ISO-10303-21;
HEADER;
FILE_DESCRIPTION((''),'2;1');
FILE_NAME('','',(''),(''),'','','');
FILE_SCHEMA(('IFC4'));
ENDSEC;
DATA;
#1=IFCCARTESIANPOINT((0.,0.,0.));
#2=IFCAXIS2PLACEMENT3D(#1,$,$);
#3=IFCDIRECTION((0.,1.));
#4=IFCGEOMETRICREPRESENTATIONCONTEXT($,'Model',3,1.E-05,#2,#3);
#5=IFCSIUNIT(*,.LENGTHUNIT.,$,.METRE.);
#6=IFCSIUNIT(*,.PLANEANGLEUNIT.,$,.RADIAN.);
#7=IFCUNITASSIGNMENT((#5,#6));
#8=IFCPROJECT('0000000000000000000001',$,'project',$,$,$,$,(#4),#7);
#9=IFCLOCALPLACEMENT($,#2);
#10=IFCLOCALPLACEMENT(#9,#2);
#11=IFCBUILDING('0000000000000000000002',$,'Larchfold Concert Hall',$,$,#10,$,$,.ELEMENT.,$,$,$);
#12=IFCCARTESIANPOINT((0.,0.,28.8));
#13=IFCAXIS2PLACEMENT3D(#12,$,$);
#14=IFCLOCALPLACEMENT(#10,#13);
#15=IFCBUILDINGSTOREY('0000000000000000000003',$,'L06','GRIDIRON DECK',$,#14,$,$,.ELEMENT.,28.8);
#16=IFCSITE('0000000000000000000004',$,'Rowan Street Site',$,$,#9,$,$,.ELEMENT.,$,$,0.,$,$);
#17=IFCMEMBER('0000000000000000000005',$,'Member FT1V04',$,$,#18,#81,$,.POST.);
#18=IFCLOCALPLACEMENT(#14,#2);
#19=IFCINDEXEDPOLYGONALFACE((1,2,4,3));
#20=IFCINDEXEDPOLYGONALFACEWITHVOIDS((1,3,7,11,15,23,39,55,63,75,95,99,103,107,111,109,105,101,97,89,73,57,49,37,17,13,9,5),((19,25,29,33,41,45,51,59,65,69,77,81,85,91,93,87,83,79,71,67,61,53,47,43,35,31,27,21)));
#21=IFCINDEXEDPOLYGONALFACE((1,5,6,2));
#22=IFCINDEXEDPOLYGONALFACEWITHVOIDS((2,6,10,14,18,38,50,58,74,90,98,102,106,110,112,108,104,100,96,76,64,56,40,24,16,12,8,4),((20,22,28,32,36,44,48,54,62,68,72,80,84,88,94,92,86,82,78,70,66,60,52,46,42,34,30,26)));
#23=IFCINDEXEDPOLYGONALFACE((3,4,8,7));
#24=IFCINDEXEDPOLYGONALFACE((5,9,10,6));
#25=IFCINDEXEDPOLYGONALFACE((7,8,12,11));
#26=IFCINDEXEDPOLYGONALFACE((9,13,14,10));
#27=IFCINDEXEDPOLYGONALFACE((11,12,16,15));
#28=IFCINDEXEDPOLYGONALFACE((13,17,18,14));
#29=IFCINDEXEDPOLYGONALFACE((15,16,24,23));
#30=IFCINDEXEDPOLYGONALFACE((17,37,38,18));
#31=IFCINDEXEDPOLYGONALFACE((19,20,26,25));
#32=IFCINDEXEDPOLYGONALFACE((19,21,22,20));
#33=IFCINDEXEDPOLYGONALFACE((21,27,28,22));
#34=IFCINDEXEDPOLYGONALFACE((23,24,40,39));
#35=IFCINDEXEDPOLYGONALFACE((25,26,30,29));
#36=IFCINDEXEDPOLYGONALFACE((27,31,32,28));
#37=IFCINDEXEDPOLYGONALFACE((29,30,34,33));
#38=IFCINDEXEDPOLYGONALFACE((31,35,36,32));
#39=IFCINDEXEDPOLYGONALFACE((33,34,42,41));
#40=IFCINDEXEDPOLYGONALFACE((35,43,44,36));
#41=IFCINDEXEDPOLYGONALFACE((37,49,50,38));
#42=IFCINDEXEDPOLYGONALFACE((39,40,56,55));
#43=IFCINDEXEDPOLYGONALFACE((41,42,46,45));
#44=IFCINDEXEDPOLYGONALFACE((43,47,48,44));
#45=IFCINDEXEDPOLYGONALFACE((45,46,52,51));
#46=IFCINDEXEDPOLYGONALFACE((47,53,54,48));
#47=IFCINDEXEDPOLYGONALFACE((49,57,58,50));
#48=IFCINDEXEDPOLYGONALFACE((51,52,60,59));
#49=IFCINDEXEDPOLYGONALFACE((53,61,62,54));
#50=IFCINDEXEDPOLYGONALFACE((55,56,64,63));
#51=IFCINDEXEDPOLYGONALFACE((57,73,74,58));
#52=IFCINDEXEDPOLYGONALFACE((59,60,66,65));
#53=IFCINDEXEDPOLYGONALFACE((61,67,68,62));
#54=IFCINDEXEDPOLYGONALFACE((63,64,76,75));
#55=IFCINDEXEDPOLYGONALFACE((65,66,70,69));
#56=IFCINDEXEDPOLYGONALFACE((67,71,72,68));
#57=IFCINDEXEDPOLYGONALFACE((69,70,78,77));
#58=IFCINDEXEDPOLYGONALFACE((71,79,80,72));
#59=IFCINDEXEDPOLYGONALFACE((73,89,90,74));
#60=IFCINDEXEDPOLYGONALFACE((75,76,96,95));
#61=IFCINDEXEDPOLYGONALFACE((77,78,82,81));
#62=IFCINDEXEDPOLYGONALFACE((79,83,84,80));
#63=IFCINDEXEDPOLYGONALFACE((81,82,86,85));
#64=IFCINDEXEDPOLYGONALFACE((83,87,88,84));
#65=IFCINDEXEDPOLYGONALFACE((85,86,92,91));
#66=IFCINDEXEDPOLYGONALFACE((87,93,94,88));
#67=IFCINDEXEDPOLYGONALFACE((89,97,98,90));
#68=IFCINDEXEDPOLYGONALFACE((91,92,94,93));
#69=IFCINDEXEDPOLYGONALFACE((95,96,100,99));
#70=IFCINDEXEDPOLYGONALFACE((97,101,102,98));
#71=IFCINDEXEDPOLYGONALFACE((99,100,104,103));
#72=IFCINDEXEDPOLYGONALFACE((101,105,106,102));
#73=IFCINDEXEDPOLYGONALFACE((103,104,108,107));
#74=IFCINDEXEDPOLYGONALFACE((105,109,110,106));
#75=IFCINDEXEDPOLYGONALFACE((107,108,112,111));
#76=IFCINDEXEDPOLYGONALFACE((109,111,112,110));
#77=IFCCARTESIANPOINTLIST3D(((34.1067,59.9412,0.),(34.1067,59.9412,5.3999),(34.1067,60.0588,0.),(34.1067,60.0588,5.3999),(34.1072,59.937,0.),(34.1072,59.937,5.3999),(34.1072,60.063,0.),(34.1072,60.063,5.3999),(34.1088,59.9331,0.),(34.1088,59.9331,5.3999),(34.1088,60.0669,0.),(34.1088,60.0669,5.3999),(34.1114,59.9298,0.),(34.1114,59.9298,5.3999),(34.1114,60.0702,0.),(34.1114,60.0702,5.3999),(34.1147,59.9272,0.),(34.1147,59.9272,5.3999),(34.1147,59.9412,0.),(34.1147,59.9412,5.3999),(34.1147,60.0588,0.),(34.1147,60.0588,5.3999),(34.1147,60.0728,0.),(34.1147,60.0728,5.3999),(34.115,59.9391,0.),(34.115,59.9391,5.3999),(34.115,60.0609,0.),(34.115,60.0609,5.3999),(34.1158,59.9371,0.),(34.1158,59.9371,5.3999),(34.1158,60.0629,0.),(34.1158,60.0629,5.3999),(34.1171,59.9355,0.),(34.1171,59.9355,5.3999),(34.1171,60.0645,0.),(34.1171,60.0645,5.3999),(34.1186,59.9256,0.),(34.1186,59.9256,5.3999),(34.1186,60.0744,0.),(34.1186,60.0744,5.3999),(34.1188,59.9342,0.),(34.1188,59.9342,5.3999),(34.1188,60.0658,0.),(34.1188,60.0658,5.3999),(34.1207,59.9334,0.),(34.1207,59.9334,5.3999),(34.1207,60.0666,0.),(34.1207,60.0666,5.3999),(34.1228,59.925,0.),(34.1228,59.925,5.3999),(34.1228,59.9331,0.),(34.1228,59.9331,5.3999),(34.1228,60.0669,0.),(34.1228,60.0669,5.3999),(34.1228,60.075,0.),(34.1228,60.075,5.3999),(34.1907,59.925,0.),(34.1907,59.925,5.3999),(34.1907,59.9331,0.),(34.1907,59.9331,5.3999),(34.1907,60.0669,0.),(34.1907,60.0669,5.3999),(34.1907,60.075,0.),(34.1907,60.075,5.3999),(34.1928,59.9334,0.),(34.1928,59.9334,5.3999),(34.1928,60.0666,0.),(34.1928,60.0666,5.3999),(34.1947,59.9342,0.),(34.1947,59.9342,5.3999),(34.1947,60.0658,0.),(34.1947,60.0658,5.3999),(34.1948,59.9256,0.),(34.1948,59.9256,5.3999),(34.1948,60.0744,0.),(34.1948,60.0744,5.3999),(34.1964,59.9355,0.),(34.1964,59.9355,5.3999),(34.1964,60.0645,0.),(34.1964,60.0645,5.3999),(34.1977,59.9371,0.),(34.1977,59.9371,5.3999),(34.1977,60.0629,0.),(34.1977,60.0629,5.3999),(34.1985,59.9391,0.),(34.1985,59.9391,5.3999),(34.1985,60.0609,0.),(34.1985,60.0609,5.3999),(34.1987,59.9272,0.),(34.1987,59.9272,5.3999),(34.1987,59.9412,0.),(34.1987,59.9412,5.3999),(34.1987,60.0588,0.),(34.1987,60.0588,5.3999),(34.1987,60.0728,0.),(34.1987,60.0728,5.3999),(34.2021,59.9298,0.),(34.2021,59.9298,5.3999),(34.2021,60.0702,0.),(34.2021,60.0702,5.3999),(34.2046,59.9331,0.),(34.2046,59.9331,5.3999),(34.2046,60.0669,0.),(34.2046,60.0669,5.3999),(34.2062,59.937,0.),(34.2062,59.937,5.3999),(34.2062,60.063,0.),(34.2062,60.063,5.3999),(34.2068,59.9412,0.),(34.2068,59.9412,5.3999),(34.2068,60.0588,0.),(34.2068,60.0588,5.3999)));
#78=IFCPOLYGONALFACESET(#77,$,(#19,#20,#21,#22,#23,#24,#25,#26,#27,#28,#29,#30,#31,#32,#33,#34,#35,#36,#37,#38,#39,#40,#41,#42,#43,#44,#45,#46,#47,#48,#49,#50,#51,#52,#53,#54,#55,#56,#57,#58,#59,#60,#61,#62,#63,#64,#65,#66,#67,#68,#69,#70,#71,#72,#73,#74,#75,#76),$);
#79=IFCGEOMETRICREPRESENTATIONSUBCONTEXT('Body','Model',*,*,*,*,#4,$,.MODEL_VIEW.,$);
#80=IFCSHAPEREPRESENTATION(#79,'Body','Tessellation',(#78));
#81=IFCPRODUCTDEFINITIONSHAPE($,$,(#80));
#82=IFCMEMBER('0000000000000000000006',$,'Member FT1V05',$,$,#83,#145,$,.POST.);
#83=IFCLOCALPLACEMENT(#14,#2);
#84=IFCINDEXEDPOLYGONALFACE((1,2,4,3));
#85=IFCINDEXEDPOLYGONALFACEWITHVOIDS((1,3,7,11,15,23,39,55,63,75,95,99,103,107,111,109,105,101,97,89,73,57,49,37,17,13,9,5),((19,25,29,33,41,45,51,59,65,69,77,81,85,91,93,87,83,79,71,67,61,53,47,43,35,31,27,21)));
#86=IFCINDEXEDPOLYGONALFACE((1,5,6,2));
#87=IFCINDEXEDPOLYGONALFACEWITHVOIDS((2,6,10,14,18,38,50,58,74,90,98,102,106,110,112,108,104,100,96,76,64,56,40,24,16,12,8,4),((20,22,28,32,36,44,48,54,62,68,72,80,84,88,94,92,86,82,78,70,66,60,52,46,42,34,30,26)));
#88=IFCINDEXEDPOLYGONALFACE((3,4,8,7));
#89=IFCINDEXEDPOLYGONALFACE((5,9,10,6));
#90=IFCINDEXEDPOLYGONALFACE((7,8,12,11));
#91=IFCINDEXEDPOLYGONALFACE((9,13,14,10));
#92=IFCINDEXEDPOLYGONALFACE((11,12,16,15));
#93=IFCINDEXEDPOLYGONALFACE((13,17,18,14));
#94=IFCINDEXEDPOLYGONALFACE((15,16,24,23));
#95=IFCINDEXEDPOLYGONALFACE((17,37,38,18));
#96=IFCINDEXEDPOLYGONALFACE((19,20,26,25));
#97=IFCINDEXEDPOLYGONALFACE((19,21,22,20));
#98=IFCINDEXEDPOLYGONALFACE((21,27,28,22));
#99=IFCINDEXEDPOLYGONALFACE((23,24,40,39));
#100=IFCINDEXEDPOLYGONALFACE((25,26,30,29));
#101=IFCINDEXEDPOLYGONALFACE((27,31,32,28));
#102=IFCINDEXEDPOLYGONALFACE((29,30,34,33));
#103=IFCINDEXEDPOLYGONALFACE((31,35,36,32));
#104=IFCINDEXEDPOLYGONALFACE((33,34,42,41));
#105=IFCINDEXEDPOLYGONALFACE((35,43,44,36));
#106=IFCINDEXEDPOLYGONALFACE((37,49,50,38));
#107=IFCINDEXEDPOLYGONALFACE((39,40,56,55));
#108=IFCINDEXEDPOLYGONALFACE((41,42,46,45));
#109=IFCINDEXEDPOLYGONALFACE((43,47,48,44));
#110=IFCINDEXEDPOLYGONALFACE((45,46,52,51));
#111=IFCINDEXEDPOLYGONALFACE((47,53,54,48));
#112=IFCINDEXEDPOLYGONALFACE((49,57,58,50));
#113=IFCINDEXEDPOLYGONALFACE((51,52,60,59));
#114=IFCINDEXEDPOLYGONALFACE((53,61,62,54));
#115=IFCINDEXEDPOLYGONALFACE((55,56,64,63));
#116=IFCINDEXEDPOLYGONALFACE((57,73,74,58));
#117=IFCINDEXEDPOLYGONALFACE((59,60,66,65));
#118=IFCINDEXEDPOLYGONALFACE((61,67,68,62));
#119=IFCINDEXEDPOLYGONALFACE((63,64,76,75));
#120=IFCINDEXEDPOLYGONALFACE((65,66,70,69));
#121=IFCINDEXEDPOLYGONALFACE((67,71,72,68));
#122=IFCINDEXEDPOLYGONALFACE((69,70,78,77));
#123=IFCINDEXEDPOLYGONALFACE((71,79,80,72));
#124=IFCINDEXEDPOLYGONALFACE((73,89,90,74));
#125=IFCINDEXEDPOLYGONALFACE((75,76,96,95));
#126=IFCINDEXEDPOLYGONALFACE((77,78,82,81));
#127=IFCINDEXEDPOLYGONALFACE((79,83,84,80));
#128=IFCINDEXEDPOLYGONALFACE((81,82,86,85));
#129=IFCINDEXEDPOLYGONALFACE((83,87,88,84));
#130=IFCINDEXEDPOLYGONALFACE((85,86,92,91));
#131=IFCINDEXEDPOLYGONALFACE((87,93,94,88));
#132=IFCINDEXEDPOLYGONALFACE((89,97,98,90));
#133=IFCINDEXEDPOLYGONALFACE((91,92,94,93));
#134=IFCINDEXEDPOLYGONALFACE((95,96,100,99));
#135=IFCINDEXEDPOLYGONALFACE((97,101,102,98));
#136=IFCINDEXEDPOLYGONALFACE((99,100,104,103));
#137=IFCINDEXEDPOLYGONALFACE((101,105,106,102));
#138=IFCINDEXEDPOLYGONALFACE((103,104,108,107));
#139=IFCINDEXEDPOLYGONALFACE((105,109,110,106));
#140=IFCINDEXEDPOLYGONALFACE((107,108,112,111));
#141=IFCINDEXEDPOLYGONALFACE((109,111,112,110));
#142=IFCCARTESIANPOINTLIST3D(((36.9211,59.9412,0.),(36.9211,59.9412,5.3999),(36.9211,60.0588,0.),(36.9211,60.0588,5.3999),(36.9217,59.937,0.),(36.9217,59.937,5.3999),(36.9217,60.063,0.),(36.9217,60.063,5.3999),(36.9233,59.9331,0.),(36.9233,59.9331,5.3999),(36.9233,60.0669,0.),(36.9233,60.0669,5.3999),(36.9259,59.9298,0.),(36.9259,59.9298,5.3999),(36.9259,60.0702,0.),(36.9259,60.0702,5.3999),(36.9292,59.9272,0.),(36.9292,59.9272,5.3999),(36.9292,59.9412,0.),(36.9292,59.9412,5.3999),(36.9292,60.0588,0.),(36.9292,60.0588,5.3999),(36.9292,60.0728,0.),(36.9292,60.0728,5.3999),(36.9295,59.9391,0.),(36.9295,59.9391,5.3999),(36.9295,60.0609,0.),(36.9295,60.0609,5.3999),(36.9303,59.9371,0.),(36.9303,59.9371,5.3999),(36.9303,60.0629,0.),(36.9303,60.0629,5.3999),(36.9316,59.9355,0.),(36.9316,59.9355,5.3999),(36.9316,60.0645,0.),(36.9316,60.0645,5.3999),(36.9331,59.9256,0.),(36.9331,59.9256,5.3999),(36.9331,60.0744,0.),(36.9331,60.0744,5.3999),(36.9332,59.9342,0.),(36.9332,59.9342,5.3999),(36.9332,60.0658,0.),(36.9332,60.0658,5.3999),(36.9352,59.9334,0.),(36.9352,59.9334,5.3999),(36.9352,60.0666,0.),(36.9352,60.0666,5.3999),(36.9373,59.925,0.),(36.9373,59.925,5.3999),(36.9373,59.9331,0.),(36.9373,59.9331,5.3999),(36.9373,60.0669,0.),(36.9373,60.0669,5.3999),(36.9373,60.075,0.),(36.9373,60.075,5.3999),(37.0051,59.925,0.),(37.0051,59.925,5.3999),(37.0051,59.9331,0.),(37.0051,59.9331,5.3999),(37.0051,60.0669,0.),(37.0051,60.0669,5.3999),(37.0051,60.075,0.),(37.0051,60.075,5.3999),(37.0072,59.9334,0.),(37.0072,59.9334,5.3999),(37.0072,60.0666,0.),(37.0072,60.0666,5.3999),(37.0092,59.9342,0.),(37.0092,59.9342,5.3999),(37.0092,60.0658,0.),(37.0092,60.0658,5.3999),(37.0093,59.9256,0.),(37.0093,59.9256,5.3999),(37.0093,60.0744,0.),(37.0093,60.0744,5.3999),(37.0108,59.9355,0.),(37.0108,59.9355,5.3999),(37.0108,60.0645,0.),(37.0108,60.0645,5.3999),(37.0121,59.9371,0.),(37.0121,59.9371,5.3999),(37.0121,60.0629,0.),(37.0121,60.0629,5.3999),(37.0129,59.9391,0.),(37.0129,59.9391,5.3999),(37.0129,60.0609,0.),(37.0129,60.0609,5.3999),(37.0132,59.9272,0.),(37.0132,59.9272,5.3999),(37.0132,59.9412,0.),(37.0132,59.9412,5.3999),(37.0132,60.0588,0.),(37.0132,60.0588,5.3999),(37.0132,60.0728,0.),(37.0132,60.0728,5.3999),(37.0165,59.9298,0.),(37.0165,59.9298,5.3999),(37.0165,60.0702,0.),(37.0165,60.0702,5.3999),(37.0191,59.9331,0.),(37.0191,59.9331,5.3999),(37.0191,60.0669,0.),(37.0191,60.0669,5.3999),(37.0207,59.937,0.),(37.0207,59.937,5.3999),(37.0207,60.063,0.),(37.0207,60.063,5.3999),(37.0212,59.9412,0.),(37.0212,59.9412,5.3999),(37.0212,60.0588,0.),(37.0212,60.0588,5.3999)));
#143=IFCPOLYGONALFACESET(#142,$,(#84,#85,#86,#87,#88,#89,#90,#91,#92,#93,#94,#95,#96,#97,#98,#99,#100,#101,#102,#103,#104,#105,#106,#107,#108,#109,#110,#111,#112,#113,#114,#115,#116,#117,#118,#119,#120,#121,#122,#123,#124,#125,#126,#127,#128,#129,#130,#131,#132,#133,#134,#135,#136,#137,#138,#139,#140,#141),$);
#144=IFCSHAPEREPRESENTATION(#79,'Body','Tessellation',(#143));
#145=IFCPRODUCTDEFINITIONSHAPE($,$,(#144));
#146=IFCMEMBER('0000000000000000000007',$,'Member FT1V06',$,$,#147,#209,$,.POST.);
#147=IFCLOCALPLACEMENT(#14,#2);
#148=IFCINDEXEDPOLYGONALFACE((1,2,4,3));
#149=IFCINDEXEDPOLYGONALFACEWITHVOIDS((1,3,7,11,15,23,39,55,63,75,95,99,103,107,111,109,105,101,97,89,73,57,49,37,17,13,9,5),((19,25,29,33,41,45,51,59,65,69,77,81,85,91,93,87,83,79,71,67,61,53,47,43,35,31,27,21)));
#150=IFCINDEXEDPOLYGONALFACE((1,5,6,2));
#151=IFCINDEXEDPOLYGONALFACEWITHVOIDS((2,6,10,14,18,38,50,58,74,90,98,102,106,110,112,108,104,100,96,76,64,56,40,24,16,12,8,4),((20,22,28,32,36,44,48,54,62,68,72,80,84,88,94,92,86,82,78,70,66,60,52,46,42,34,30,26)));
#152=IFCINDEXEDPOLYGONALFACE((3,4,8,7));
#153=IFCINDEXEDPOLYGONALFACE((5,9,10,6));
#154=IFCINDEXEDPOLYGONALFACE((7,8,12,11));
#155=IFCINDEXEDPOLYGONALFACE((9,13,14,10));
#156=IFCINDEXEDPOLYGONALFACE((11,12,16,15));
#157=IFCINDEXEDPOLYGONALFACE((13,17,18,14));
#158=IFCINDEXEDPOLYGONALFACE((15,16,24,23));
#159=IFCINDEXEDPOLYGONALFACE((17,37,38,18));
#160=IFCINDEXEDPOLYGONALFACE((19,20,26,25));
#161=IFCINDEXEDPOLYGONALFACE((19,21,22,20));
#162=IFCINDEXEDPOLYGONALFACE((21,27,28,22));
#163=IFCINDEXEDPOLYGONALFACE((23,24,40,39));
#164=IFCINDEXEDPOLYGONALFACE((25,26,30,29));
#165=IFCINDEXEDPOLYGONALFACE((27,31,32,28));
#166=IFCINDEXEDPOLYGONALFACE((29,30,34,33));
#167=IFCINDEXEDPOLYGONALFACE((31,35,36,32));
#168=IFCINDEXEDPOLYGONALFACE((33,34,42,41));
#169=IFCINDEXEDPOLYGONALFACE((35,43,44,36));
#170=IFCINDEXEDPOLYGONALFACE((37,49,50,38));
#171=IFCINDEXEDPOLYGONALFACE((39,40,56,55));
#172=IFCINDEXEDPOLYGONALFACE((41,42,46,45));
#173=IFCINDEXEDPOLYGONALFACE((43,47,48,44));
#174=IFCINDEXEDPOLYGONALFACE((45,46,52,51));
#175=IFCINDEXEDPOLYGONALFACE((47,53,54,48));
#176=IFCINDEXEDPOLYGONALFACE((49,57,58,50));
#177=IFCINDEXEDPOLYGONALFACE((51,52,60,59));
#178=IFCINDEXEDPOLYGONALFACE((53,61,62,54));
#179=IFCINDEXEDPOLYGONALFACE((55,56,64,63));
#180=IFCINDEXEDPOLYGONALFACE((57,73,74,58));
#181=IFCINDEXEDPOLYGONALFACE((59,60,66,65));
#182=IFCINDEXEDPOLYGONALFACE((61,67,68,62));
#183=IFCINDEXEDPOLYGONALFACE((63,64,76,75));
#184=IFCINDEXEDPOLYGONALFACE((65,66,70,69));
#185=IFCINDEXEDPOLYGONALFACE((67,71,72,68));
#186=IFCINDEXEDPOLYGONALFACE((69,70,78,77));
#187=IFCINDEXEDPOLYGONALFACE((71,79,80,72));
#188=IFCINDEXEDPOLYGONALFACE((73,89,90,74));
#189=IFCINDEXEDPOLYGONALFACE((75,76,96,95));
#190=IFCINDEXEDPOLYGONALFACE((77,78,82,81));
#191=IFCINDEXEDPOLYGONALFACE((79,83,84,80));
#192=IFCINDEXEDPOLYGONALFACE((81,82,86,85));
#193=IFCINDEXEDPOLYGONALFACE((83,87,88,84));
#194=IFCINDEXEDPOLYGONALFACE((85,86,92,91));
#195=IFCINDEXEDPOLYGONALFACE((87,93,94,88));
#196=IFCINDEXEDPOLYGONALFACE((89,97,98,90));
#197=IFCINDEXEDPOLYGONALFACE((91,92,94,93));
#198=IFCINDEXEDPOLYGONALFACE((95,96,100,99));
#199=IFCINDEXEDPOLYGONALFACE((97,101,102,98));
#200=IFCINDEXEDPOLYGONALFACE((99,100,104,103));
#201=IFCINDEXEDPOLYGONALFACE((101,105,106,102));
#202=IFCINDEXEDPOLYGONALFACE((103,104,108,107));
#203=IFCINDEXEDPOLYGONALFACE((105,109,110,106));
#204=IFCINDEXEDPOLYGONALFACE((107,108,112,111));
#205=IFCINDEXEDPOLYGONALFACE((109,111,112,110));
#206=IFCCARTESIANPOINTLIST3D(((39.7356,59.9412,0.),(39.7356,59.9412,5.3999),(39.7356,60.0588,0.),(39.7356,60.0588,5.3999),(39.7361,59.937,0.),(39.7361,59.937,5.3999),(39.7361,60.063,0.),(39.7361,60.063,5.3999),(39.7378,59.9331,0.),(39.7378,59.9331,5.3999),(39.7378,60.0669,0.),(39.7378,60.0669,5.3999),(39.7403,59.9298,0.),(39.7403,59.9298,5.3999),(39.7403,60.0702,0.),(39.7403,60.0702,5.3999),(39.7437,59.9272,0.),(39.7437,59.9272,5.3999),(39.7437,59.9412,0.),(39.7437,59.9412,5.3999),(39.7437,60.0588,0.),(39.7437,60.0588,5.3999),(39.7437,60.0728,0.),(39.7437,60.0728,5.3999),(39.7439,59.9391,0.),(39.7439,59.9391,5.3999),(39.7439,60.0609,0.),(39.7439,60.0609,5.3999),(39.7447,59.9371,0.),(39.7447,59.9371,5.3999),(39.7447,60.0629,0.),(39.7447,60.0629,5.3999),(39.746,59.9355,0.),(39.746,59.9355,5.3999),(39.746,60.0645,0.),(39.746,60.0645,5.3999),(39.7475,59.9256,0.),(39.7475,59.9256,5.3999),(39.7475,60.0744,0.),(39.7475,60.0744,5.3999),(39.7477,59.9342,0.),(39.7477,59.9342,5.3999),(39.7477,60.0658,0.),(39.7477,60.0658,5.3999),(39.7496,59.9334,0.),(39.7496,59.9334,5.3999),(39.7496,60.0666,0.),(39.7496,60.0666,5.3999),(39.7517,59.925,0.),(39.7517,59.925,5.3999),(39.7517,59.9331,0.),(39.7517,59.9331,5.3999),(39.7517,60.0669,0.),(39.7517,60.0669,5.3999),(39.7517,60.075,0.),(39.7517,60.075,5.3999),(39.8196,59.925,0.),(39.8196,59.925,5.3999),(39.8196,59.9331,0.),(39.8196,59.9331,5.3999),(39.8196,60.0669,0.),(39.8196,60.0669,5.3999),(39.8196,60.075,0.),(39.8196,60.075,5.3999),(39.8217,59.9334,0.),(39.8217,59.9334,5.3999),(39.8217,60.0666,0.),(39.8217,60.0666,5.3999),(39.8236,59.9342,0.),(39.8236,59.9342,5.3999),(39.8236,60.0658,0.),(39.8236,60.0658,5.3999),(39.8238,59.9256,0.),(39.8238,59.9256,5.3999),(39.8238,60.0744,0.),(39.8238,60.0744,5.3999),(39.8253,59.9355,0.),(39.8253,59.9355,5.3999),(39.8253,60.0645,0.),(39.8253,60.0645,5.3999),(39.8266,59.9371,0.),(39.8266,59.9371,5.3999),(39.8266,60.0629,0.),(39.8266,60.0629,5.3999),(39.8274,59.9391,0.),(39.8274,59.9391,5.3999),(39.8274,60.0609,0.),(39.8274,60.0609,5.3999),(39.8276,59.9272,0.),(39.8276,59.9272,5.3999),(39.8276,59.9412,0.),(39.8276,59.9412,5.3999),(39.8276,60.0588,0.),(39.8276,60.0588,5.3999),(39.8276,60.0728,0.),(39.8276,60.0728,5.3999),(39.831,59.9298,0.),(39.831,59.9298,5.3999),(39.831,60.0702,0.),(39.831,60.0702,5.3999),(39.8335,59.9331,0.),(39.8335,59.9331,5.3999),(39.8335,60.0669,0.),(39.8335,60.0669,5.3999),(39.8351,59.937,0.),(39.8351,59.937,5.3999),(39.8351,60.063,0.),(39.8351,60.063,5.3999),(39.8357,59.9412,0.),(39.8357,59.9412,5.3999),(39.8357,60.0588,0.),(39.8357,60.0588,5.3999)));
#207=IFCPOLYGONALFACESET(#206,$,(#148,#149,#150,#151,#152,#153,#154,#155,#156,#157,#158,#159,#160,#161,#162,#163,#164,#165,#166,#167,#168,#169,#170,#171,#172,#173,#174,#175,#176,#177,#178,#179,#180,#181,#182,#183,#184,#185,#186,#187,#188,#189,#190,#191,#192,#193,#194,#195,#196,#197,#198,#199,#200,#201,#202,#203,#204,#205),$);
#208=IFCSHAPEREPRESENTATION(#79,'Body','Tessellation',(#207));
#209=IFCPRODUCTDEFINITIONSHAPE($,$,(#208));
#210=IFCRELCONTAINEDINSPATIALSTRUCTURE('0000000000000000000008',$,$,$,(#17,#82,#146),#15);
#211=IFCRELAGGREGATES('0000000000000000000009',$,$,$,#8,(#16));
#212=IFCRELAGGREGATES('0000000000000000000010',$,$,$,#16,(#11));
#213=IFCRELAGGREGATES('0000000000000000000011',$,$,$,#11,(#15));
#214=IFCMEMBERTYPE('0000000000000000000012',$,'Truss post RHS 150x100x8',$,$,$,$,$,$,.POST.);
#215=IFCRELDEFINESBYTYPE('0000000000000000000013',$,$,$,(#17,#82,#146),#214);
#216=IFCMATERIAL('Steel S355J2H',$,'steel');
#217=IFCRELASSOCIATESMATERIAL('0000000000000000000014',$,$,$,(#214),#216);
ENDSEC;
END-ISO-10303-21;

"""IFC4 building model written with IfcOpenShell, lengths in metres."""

from ifc_helpers import new_model, si_unit, direction, frame, origin, origin_2d, place, context, subcontext, project, spatial, hollow_rectangle, extrude, material, material_profile, profile_set, type_object, element, save


model = new_model("IFC4")

# Units and contexts
model_context = context("Model", 3, precision=1e-05, world=origin(), true_north=direction((0.0, 1.0)))
body_context = subcontext(model_context, "Body", "Model", "MODEL_VIEW")
ifc_project = project(units=[si_unit("LENGTHUNIT", "METRE"), si_unit("PLANEANGLEUNIT", "RADIAN")], contexts=[model_context])

# Site, building, storey
site_placement = place(None, origin())
site = spatial("IfcSite", under=ifc_project, at=site_placement, Name="Rowan Street Site", CompositionType="ELEMENT", RefElevation=0.0)
building_placement = place(site_placement, origin())
building = spatial("IfcBuilding", under=site, at=building_placement, Name="Larchfold Concert Hall", CompositionType="ELEMENT")
storey_placement = place(building_placement, frame((0.0, 0.0, 28.8)))
storey = spatial("IfcBuildingStorey", under=building, at=storey_placement, Name="L06", Description="GRIDIRON DECK", CompositionType="ELEMENT", Elevation=28.8)

# Members
ifc_material_1 = material(Name="Steel S355J2H", Category="steel")
ifc_material_profile_1 = material_profile(ifc_material_1, hollow_rectangle(XDim=0.1001, YDim=0.1499, WallThickness=0.0081, InnerFilletRadius=0.0081, OuterFilletRadius=0.0161, at=origin_2d()))
ifc_profile_set_1 = profile_set([ifc_material_profile_1], Name="Steel S355J2H")
member_type_1 = type_object("IfcMemberType", Name="Truss post RHS 150x100x8", PredefinedType="POST", material=ifc_profile_set_1)
for number, where, z_axis, x_axis, name in (
    (1, (34.1567, 60.0, 5.3999), (0.0, 0.0, -1.0), (1.0, 0.0, 0.0), "Member FT1V04"),
    (2, (36.9712, 60.0, 5.3999), (0.0, 0.0, -1.0), (1.0, 0.0, 0.0), "Member FT1V05"),
    (3, (39.7856, 60.0, 5.3999), (0.0, 0.0, -1.0), (1.0, 0.0, 0.0), "Member FT1V06"),
):
    element("IfcMember", number, at=place(storey_placement, frame(where, z_axis=z_axis, x_axis=x_axis)), inside=storey, type_object=member_type_1, Name=name, PredefinedType="POST", context=body_context, shape_type="SweptSolid", body=[
        extrude(hollow_rectangle(XDim=0.1001, YDim=0.1499, WallThickness=0.0081, InnerFilletRadius=0.0081, OuterFilletRadius=0.0161, at=origin_2d()), origin(), (0.0, 0.0, 1.0), 5.3999),
    ])

save(model, "model.ifc")
